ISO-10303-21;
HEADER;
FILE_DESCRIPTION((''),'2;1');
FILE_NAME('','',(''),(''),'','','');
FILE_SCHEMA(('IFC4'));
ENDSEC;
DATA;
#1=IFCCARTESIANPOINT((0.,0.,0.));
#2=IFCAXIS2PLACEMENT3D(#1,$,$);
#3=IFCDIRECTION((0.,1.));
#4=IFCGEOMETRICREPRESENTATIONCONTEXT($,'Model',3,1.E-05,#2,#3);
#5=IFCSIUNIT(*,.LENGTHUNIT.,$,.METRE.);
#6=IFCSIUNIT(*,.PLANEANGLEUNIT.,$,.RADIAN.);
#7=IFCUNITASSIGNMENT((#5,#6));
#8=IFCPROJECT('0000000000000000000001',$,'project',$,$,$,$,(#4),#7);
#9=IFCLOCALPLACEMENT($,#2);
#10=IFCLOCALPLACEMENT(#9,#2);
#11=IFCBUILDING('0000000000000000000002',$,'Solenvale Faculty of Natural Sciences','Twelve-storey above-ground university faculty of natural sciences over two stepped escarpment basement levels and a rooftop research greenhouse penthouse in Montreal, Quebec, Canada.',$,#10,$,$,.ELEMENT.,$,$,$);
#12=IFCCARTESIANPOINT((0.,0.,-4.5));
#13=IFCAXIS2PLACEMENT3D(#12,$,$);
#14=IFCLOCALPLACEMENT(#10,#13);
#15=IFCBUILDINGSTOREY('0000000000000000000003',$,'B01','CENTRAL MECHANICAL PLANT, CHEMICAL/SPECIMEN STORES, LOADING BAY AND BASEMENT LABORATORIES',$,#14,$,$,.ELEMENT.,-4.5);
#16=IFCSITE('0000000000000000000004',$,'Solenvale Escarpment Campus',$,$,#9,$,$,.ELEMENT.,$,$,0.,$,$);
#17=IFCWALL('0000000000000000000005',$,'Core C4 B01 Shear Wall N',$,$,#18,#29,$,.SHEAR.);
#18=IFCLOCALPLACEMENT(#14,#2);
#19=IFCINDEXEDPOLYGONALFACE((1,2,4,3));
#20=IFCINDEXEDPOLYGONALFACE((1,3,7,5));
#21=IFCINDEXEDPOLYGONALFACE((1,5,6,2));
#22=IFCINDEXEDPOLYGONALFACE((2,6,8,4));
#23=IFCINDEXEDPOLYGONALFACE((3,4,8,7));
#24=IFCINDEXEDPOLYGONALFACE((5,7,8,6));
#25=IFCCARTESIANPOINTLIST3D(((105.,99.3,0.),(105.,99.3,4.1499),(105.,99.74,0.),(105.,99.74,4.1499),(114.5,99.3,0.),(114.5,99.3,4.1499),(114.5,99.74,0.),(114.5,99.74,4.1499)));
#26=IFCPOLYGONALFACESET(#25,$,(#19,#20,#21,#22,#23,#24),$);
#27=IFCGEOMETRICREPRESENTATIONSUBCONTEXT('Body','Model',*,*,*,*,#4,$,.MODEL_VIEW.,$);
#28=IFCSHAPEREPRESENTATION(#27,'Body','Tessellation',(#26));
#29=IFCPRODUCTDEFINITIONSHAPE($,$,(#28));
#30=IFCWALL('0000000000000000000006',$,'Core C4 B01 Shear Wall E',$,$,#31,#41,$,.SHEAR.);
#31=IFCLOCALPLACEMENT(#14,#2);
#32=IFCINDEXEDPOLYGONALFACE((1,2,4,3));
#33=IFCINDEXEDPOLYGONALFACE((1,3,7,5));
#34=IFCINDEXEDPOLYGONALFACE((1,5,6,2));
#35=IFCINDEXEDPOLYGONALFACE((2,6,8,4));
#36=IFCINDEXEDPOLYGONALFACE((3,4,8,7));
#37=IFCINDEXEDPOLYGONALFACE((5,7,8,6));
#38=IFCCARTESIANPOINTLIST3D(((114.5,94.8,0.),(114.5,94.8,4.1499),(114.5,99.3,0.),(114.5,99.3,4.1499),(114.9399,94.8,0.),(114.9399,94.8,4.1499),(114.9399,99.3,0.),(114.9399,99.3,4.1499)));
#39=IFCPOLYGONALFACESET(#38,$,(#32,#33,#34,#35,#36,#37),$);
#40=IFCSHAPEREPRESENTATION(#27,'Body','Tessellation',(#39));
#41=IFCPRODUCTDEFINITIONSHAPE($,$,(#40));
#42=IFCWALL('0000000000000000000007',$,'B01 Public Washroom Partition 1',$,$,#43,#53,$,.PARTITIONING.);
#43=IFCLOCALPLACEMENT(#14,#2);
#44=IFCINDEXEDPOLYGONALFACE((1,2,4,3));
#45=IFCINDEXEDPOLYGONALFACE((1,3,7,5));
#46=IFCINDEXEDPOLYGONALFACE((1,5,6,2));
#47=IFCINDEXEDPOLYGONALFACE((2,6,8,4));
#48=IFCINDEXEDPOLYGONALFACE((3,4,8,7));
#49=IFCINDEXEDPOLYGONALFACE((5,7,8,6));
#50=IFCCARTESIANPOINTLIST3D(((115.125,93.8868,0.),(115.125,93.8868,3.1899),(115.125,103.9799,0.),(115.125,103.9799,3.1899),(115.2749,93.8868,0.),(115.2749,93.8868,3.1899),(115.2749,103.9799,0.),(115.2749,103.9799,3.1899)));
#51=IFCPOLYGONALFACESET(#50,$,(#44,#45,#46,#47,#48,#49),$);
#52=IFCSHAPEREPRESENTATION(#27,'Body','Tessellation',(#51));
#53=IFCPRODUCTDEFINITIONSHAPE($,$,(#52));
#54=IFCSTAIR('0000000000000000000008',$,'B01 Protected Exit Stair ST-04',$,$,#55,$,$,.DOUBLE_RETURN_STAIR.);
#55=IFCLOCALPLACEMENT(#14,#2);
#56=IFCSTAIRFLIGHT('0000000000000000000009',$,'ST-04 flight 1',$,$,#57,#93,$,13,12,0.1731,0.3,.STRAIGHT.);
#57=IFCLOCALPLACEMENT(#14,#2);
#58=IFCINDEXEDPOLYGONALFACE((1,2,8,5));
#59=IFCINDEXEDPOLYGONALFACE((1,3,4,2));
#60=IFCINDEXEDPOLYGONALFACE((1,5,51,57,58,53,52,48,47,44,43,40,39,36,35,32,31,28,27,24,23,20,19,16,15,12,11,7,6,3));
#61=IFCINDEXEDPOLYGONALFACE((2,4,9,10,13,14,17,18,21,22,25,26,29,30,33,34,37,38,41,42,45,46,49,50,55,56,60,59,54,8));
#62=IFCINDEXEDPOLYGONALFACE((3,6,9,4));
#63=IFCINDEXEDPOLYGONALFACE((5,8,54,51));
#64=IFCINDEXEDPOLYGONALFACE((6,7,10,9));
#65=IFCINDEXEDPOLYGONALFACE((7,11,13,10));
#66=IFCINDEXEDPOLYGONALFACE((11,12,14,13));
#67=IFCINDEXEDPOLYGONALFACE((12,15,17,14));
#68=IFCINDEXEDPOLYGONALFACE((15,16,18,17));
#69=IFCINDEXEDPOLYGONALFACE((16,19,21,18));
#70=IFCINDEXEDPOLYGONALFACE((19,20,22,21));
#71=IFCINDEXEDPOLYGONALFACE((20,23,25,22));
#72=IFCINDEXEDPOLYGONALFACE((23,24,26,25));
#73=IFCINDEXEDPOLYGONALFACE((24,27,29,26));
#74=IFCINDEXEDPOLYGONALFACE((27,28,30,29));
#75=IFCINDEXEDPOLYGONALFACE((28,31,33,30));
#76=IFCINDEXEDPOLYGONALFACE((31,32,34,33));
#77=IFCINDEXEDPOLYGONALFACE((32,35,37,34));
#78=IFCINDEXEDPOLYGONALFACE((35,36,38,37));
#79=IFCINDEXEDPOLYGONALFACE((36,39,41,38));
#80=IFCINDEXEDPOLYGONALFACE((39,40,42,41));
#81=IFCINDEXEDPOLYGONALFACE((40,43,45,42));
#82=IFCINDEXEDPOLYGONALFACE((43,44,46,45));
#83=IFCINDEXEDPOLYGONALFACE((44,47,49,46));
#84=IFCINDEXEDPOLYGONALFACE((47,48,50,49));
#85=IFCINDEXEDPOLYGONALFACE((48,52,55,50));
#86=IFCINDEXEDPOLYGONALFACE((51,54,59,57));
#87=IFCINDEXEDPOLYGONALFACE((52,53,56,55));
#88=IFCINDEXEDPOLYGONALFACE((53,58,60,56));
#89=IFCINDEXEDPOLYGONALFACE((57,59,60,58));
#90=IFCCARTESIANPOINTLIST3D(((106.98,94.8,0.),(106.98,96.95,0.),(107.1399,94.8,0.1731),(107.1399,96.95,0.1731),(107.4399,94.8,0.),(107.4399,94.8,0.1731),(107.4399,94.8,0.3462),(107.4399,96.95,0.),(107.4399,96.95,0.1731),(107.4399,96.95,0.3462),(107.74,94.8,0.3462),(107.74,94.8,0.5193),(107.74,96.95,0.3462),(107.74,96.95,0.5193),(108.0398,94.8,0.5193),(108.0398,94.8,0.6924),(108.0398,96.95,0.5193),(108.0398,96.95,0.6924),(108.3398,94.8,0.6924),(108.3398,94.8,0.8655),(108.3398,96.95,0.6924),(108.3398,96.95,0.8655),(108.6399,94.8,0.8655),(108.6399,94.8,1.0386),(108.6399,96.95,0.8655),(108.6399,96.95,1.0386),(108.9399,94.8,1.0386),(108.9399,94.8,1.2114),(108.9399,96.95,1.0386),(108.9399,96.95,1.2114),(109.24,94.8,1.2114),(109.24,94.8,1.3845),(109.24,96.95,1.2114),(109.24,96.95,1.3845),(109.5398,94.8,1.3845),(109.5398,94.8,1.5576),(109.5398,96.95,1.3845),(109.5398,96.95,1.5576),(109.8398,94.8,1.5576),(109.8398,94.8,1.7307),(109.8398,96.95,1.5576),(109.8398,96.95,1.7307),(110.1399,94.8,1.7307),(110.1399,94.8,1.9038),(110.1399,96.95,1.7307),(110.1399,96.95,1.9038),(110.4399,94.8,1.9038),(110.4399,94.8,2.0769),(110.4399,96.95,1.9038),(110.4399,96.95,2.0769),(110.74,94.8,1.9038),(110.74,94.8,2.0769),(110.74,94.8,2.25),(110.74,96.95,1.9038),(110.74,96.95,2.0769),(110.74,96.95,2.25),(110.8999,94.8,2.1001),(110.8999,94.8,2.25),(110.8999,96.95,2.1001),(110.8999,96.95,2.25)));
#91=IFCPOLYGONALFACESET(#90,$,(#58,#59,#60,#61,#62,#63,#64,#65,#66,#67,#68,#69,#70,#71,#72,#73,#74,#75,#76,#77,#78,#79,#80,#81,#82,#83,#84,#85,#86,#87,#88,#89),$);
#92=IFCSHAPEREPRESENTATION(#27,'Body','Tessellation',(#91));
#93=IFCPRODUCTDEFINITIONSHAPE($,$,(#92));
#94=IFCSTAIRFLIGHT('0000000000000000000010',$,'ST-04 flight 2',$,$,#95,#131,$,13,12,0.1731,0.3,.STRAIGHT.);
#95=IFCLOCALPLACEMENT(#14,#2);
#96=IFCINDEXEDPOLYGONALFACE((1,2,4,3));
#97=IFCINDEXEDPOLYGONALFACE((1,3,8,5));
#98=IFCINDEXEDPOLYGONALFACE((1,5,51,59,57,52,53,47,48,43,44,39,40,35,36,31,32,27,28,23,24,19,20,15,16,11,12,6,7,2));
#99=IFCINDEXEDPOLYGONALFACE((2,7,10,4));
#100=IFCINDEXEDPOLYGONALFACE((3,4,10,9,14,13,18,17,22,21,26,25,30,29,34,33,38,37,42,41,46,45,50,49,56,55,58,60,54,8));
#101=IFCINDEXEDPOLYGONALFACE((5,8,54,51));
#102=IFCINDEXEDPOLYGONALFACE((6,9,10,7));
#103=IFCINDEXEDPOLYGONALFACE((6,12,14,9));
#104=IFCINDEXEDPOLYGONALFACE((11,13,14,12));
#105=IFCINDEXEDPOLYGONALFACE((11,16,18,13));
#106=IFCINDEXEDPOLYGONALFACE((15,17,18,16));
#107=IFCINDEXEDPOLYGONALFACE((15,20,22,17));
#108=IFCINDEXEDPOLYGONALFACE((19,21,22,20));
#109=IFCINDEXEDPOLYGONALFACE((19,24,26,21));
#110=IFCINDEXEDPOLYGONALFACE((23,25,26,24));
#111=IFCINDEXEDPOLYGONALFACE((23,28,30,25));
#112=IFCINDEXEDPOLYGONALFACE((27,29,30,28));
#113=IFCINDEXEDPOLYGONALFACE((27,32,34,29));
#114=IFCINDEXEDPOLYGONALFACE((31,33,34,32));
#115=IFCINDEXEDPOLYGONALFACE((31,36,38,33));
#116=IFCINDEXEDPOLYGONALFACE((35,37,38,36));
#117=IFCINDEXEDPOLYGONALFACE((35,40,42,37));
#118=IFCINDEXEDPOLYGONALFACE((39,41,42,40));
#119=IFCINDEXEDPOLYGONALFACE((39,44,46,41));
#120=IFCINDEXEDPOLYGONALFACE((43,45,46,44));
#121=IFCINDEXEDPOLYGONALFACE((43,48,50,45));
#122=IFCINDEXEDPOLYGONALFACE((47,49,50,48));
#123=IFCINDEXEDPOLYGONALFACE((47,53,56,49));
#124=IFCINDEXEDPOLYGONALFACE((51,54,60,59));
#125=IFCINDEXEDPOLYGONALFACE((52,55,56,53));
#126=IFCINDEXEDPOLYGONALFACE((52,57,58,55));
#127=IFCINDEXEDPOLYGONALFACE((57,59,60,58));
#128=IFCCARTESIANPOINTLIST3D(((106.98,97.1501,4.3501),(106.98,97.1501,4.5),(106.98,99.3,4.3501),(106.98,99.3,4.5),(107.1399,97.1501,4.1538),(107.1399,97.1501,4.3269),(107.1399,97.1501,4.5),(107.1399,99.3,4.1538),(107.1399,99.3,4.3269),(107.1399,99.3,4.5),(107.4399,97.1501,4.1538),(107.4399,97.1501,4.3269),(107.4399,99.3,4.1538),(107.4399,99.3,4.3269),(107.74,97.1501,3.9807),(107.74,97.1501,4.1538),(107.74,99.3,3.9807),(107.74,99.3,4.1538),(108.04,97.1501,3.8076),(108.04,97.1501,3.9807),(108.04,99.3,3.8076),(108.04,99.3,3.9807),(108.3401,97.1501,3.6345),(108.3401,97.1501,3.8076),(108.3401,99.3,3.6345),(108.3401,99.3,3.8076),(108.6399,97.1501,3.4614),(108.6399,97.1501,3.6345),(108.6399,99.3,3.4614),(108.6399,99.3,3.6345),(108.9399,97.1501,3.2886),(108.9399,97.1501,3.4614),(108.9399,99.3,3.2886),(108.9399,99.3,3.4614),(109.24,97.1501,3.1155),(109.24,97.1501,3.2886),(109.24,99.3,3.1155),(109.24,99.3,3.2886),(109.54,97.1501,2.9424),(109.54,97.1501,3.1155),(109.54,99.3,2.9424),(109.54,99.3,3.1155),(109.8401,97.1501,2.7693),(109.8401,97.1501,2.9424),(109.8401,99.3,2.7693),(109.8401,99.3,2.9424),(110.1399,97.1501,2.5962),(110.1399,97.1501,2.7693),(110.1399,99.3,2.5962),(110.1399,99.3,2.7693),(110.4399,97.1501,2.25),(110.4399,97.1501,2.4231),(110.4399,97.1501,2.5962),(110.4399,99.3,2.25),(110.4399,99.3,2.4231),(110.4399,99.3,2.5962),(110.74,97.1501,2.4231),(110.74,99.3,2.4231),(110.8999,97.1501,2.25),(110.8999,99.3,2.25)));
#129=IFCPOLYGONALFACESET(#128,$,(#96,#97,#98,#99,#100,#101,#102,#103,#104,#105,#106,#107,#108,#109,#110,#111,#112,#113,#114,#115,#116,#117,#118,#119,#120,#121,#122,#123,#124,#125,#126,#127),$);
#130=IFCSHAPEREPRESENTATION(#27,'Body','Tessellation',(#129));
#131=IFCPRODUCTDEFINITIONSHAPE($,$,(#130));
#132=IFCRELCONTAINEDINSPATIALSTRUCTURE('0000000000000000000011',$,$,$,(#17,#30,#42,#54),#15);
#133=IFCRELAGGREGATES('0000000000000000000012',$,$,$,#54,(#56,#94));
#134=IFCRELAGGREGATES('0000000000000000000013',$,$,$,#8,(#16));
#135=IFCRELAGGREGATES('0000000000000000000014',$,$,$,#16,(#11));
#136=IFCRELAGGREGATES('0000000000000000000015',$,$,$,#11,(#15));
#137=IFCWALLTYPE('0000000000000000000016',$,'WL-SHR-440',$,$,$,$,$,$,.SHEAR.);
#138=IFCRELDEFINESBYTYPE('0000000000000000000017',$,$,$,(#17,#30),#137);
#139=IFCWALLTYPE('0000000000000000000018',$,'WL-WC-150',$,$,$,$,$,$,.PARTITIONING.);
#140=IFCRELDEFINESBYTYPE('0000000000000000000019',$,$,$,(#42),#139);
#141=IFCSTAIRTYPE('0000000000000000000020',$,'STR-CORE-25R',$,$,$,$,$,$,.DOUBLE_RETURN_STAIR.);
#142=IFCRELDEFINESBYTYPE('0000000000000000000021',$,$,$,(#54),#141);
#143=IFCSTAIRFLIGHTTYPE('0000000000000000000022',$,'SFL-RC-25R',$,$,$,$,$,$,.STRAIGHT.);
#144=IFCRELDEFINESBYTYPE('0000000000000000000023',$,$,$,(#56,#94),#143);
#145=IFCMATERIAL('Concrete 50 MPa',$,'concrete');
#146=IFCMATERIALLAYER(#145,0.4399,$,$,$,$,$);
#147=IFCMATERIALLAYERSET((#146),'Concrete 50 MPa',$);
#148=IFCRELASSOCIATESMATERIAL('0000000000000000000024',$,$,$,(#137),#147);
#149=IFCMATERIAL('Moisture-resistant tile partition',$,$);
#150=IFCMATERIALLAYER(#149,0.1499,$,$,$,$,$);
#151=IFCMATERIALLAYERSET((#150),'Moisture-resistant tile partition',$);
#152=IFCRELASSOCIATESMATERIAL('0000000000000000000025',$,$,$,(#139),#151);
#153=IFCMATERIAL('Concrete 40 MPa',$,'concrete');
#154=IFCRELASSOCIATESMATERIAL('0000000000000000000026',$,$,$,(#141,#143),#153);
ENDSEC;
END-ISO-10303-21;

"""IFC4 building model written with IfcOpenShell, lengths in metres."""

from ifc_helpers import new_model, si_unit, direction, frame, frame_2d, origin, place, context, subcontext, project, spatial, polyline, rectangle, outline, extrude, material, layer, layer_set, type_object, element, aggregate, save


model = new_model("IFC4")

# Units and contexts
model_context = context("Model", 3, precision=1e-05, world=origin(), true_north=direction((0.0, 1.0)))
body_context = subcontext(model_context, "Body", "Model", "MODEL_VIEW")
ifc_project = project(units=[si_unit("LENGTHUNIT", "METRE"), si_unit("PLANEANGLEUNIT", "RADIAN")], contexts=[model_context])

# Site, building, storey
site_placement = place(None, origin())
site = spatial("IfcSite", under=ifc_project, at=site_placement, Name="Solenvale Escarpment Campus", CompositionType="ELEMENT", RefElevation=0.0)
building_placement = place(site_placement, origin())
building = spatial("IfcBuilding", under=site, at=building_placement, Name="Solenvale Faculty of Natural Sciences", Description="Twelve-storey above-ground university faculty of natural sciences over two stepped escarpment basement levels and a rooftop research greenhouse penthouse in Montreal, Quebec, Canada.", CompositionType="ELEMENT")
storey_placement = place(building_placement, frame((0.0, 0.0, -4.5)))
storey = spatial("IfcBuildingStorey", under=building, at=storey_placement, Name="B01", Description="CENTRAL MECHANICAL PLANT, CHEMICAL/SPECIMEN STORES, LOADING BAY AND BASEMENT LABORATORIES", CompositionType="ELEMENT", Elevation=-4.5)

# Shared definitions
ifc_material_1 = material(Name="Concrete 50 MPa", Category="concrete")

# Shared definitions
ifc_material_2 = material(Name="Concrete 40 MPa", Category="concrete")

# Walls
ifc_layer_1 = layer(ifc_material_1, 0.4399)
ifc_layer_set_1 = layer_set([ifc_layer_1], Name="Concrete 50 MPa")
wall_type_1 = type_object("IfcWallType", Name="WL-SHR-440", PredefinedType="SHEAR", material=ifc_layer_set_1)
wall_1_placement = place(storey_placement, frame((105.0, 99.52, 0.0), z_axis=(0.0, 0.0, 1.0), x_axis=(1.0, 0.0, 0.0)))
element("IfcWall", 1, at=wall_1_placement, inside=storey, type_object=wall_type_1, Name="Core C4 B01 Shear Wall N", PredefinedType="SHEAR", context=body_context, shape_type="SweptSolid", body=[
    extrude(rectangle(XDim=9.5, YDim=0.4399, at=frame_2d((4.75, 0.0))), origin(), (0.0, 0.0, 1.0), 4.1499),
])
wall_2_placement = place(storey_placement, frame((114.72, 94.8, 0.0), z_axis=(0.0, 0.0, 1.0), x_axis=(0.0, 1.0, 0.0)))
element("IfcWall", 2, at=wall_2_placement, inside=storey, type_object=wall_type_1, Name="Core C4 B01 Shear Wall E", PredefinedType="SHEAR", context=body_context, shape_type="SweptSolid", body=[
    extrude(rectangle(XDim=4.5, YDim=0.4399, at=frame_2d((2.25, 0.0))), origin(), (0.0, 0.0, 1.0), 4.1499),
])
ifc_material_3 = material(Name="Moisture-resistant tile partition")
ifc_layer_2 = layer(ifc_material_3, 0.1499)
ifc_layer_set_2 = layer_set([ifc_layer_2], Name="Moisture-resistant tile partition")
wall_type_2 = type_object("IfcWallType", Name="WL-WC-150", PredefinedType="PARTITIONING", material=ifc_layer_set_2)
wall_3_placement = place(storey_placement, frame((115.2, 93.887, 0.0), z_axis=(0.0, 0.0, 1.0), x_axis=(0.0, 1.0, 0.0)))
element("IfcWall", 3, at=wall_3_placement, inside=storey, type_object=wall_type_2, Name="B01 Public Washroom Partition 1", PredefinedType="PARTITIONING", context=body_context, shape_type="SweptSolid", body=[
    extrude(rectangle(XDim=10.093, YDim=0.1499, at=frame_2d((5.0464, 0.0))), origin(), (0.0, 0.0, 1.0), 3.1899),
])

# Stair, stair flights
stair_type = type_object("IfcStairType", Name="STR-CORE-25R", PredefinedType="DOUBLE_RETURN_STAIR", material=ifc_material_2)
stair_placement = place(storey_placement, origin())
stair = element("IfcStair", 4, at=stair_placement, inside=storey, type_object=stair_type, Name="B01 Protected Exit Stair ST-04", PredefinedType="DOUBLE_RETURN_STAIR")
stair_flight_type = type_object("IfcStairFlightType", Name="SFL-RC-25R", PredefinedType="STRAIGHT", material=ifc_material_2)
stair_flight_1_placement = place(storey_placement, frame((107.1399, 95.875, 0.0), z_axis=(0.0, 0.0, 1.0), x_axis=(1.0, 0.0, 0.0)))
stair_flight_1 = element("IfcStairFlight", 5, at=stair_flight_1_placement, type_object=stair_flight_type, Name="ST-04 flight 1", NumberOfRisers=13, NumberOfTreads=12, PredefinedType="STRAIGHT", RiserHeight=0.1731, TreadLength=0.3, context=body_context, shape_type="SweptSolid", body=[
    extrude(outline(polyline([(-0.1599, 0.0), (0.0, 0.1731), (0.3, 0.1731), (0.3, 0.3462), (0.6001, 0.3462), (0.6001, 0.5193), (0.8999, 0.5193), (0.8999, 0.6924), (1.2, 0.6924), (1.2, 0.8655), (1.5, 0.8655), (1.5, 1.0386), (1.8, 1.0386), (1.8, 1.2114), (2.1001, 1.2114), (2.1001, 1.3845), (2.3999, 1.3845), (2.3999, 1.5576), (2.7, 1.5576), (2.7, 1.7307), (3.0, 1.7307), (3.0, 1.9038), (3.3, 1.9038), (3.3, 2.0769), (3.6001, 2.0769), (3.6001, 2.25), (3.76, 2.25), (3.76, 2.1001), (3.6001, 1.9038), (0.3, 0.0), (-0.1599, 0.0)])), frame((0.0, 1.075, 0.0), z_axis=(0.0, -1.0, 0.0), x_axis=(1.0, 0.0, 0.0)), (0.0, 0.0, 1.0), 2.1499),
])
stair_flight_2_placement = place(storey_placement, frame((110.74, 98.2251, 2.25), z_axis=(0.0, 0.0, 1.0), x_axis=(-1.0, 0.0, 0.0)))
stair_flight_2 = element("IfcStairFlight", 6, at=stair_flight_2_placement, type_object=stair_flight_type, Name="ST-04 flight 2", NumberOfRisers=13, NumberOfTreads=12, PredefinedType="STRAIGHT", RiserHeight=0.1731, TreadLength=0.3, context=body_context, shape_type="SweptSolid", body=[
    extrude(outline(polyline([(-0.1599, 0.0), (0.0, 0.1731), (0.3, 0.1731), (0.3, 0.3462), (0.6001, 0.3462), (0.6001, 0.5193), (0.8999, 0.5193), (0.8999, 0.6924), (1.2, 0.6924), (1.2, 0.8655), (1.5, 0.8655), (1.5, 1.0386), (1.8, 1.0386), (1.8, 1.2114), (2.1001, 1.2114), (2.1001, 1.3845), (2.3999, 1.3845), (2.3999, 1.5576), (2.7, 1.5576), (2.7, 1.7307), (3.0, 1.7307), (3.0, 1.9038), (3.3, 1.9038), (3.3, 2.0769), (3.6001, 2.0769), (3.6001, 2.25), (3.76, 2.25), (3.76, 2.1001), (3.6001, 1.9038), (0.3, 0.0), (-0.1599, 0.0)])), frame((0.0, 1.075, 0.0), z_axis=(0.0, -1.0, 0.0), x_axis=(1.0, 0.0, 0.0)), (0.0, 0.0, 1.0), 2.1499),
])
aggregate(stair, [stair_flight_1, stair_flight_2])

save(model, "model.ifc")
